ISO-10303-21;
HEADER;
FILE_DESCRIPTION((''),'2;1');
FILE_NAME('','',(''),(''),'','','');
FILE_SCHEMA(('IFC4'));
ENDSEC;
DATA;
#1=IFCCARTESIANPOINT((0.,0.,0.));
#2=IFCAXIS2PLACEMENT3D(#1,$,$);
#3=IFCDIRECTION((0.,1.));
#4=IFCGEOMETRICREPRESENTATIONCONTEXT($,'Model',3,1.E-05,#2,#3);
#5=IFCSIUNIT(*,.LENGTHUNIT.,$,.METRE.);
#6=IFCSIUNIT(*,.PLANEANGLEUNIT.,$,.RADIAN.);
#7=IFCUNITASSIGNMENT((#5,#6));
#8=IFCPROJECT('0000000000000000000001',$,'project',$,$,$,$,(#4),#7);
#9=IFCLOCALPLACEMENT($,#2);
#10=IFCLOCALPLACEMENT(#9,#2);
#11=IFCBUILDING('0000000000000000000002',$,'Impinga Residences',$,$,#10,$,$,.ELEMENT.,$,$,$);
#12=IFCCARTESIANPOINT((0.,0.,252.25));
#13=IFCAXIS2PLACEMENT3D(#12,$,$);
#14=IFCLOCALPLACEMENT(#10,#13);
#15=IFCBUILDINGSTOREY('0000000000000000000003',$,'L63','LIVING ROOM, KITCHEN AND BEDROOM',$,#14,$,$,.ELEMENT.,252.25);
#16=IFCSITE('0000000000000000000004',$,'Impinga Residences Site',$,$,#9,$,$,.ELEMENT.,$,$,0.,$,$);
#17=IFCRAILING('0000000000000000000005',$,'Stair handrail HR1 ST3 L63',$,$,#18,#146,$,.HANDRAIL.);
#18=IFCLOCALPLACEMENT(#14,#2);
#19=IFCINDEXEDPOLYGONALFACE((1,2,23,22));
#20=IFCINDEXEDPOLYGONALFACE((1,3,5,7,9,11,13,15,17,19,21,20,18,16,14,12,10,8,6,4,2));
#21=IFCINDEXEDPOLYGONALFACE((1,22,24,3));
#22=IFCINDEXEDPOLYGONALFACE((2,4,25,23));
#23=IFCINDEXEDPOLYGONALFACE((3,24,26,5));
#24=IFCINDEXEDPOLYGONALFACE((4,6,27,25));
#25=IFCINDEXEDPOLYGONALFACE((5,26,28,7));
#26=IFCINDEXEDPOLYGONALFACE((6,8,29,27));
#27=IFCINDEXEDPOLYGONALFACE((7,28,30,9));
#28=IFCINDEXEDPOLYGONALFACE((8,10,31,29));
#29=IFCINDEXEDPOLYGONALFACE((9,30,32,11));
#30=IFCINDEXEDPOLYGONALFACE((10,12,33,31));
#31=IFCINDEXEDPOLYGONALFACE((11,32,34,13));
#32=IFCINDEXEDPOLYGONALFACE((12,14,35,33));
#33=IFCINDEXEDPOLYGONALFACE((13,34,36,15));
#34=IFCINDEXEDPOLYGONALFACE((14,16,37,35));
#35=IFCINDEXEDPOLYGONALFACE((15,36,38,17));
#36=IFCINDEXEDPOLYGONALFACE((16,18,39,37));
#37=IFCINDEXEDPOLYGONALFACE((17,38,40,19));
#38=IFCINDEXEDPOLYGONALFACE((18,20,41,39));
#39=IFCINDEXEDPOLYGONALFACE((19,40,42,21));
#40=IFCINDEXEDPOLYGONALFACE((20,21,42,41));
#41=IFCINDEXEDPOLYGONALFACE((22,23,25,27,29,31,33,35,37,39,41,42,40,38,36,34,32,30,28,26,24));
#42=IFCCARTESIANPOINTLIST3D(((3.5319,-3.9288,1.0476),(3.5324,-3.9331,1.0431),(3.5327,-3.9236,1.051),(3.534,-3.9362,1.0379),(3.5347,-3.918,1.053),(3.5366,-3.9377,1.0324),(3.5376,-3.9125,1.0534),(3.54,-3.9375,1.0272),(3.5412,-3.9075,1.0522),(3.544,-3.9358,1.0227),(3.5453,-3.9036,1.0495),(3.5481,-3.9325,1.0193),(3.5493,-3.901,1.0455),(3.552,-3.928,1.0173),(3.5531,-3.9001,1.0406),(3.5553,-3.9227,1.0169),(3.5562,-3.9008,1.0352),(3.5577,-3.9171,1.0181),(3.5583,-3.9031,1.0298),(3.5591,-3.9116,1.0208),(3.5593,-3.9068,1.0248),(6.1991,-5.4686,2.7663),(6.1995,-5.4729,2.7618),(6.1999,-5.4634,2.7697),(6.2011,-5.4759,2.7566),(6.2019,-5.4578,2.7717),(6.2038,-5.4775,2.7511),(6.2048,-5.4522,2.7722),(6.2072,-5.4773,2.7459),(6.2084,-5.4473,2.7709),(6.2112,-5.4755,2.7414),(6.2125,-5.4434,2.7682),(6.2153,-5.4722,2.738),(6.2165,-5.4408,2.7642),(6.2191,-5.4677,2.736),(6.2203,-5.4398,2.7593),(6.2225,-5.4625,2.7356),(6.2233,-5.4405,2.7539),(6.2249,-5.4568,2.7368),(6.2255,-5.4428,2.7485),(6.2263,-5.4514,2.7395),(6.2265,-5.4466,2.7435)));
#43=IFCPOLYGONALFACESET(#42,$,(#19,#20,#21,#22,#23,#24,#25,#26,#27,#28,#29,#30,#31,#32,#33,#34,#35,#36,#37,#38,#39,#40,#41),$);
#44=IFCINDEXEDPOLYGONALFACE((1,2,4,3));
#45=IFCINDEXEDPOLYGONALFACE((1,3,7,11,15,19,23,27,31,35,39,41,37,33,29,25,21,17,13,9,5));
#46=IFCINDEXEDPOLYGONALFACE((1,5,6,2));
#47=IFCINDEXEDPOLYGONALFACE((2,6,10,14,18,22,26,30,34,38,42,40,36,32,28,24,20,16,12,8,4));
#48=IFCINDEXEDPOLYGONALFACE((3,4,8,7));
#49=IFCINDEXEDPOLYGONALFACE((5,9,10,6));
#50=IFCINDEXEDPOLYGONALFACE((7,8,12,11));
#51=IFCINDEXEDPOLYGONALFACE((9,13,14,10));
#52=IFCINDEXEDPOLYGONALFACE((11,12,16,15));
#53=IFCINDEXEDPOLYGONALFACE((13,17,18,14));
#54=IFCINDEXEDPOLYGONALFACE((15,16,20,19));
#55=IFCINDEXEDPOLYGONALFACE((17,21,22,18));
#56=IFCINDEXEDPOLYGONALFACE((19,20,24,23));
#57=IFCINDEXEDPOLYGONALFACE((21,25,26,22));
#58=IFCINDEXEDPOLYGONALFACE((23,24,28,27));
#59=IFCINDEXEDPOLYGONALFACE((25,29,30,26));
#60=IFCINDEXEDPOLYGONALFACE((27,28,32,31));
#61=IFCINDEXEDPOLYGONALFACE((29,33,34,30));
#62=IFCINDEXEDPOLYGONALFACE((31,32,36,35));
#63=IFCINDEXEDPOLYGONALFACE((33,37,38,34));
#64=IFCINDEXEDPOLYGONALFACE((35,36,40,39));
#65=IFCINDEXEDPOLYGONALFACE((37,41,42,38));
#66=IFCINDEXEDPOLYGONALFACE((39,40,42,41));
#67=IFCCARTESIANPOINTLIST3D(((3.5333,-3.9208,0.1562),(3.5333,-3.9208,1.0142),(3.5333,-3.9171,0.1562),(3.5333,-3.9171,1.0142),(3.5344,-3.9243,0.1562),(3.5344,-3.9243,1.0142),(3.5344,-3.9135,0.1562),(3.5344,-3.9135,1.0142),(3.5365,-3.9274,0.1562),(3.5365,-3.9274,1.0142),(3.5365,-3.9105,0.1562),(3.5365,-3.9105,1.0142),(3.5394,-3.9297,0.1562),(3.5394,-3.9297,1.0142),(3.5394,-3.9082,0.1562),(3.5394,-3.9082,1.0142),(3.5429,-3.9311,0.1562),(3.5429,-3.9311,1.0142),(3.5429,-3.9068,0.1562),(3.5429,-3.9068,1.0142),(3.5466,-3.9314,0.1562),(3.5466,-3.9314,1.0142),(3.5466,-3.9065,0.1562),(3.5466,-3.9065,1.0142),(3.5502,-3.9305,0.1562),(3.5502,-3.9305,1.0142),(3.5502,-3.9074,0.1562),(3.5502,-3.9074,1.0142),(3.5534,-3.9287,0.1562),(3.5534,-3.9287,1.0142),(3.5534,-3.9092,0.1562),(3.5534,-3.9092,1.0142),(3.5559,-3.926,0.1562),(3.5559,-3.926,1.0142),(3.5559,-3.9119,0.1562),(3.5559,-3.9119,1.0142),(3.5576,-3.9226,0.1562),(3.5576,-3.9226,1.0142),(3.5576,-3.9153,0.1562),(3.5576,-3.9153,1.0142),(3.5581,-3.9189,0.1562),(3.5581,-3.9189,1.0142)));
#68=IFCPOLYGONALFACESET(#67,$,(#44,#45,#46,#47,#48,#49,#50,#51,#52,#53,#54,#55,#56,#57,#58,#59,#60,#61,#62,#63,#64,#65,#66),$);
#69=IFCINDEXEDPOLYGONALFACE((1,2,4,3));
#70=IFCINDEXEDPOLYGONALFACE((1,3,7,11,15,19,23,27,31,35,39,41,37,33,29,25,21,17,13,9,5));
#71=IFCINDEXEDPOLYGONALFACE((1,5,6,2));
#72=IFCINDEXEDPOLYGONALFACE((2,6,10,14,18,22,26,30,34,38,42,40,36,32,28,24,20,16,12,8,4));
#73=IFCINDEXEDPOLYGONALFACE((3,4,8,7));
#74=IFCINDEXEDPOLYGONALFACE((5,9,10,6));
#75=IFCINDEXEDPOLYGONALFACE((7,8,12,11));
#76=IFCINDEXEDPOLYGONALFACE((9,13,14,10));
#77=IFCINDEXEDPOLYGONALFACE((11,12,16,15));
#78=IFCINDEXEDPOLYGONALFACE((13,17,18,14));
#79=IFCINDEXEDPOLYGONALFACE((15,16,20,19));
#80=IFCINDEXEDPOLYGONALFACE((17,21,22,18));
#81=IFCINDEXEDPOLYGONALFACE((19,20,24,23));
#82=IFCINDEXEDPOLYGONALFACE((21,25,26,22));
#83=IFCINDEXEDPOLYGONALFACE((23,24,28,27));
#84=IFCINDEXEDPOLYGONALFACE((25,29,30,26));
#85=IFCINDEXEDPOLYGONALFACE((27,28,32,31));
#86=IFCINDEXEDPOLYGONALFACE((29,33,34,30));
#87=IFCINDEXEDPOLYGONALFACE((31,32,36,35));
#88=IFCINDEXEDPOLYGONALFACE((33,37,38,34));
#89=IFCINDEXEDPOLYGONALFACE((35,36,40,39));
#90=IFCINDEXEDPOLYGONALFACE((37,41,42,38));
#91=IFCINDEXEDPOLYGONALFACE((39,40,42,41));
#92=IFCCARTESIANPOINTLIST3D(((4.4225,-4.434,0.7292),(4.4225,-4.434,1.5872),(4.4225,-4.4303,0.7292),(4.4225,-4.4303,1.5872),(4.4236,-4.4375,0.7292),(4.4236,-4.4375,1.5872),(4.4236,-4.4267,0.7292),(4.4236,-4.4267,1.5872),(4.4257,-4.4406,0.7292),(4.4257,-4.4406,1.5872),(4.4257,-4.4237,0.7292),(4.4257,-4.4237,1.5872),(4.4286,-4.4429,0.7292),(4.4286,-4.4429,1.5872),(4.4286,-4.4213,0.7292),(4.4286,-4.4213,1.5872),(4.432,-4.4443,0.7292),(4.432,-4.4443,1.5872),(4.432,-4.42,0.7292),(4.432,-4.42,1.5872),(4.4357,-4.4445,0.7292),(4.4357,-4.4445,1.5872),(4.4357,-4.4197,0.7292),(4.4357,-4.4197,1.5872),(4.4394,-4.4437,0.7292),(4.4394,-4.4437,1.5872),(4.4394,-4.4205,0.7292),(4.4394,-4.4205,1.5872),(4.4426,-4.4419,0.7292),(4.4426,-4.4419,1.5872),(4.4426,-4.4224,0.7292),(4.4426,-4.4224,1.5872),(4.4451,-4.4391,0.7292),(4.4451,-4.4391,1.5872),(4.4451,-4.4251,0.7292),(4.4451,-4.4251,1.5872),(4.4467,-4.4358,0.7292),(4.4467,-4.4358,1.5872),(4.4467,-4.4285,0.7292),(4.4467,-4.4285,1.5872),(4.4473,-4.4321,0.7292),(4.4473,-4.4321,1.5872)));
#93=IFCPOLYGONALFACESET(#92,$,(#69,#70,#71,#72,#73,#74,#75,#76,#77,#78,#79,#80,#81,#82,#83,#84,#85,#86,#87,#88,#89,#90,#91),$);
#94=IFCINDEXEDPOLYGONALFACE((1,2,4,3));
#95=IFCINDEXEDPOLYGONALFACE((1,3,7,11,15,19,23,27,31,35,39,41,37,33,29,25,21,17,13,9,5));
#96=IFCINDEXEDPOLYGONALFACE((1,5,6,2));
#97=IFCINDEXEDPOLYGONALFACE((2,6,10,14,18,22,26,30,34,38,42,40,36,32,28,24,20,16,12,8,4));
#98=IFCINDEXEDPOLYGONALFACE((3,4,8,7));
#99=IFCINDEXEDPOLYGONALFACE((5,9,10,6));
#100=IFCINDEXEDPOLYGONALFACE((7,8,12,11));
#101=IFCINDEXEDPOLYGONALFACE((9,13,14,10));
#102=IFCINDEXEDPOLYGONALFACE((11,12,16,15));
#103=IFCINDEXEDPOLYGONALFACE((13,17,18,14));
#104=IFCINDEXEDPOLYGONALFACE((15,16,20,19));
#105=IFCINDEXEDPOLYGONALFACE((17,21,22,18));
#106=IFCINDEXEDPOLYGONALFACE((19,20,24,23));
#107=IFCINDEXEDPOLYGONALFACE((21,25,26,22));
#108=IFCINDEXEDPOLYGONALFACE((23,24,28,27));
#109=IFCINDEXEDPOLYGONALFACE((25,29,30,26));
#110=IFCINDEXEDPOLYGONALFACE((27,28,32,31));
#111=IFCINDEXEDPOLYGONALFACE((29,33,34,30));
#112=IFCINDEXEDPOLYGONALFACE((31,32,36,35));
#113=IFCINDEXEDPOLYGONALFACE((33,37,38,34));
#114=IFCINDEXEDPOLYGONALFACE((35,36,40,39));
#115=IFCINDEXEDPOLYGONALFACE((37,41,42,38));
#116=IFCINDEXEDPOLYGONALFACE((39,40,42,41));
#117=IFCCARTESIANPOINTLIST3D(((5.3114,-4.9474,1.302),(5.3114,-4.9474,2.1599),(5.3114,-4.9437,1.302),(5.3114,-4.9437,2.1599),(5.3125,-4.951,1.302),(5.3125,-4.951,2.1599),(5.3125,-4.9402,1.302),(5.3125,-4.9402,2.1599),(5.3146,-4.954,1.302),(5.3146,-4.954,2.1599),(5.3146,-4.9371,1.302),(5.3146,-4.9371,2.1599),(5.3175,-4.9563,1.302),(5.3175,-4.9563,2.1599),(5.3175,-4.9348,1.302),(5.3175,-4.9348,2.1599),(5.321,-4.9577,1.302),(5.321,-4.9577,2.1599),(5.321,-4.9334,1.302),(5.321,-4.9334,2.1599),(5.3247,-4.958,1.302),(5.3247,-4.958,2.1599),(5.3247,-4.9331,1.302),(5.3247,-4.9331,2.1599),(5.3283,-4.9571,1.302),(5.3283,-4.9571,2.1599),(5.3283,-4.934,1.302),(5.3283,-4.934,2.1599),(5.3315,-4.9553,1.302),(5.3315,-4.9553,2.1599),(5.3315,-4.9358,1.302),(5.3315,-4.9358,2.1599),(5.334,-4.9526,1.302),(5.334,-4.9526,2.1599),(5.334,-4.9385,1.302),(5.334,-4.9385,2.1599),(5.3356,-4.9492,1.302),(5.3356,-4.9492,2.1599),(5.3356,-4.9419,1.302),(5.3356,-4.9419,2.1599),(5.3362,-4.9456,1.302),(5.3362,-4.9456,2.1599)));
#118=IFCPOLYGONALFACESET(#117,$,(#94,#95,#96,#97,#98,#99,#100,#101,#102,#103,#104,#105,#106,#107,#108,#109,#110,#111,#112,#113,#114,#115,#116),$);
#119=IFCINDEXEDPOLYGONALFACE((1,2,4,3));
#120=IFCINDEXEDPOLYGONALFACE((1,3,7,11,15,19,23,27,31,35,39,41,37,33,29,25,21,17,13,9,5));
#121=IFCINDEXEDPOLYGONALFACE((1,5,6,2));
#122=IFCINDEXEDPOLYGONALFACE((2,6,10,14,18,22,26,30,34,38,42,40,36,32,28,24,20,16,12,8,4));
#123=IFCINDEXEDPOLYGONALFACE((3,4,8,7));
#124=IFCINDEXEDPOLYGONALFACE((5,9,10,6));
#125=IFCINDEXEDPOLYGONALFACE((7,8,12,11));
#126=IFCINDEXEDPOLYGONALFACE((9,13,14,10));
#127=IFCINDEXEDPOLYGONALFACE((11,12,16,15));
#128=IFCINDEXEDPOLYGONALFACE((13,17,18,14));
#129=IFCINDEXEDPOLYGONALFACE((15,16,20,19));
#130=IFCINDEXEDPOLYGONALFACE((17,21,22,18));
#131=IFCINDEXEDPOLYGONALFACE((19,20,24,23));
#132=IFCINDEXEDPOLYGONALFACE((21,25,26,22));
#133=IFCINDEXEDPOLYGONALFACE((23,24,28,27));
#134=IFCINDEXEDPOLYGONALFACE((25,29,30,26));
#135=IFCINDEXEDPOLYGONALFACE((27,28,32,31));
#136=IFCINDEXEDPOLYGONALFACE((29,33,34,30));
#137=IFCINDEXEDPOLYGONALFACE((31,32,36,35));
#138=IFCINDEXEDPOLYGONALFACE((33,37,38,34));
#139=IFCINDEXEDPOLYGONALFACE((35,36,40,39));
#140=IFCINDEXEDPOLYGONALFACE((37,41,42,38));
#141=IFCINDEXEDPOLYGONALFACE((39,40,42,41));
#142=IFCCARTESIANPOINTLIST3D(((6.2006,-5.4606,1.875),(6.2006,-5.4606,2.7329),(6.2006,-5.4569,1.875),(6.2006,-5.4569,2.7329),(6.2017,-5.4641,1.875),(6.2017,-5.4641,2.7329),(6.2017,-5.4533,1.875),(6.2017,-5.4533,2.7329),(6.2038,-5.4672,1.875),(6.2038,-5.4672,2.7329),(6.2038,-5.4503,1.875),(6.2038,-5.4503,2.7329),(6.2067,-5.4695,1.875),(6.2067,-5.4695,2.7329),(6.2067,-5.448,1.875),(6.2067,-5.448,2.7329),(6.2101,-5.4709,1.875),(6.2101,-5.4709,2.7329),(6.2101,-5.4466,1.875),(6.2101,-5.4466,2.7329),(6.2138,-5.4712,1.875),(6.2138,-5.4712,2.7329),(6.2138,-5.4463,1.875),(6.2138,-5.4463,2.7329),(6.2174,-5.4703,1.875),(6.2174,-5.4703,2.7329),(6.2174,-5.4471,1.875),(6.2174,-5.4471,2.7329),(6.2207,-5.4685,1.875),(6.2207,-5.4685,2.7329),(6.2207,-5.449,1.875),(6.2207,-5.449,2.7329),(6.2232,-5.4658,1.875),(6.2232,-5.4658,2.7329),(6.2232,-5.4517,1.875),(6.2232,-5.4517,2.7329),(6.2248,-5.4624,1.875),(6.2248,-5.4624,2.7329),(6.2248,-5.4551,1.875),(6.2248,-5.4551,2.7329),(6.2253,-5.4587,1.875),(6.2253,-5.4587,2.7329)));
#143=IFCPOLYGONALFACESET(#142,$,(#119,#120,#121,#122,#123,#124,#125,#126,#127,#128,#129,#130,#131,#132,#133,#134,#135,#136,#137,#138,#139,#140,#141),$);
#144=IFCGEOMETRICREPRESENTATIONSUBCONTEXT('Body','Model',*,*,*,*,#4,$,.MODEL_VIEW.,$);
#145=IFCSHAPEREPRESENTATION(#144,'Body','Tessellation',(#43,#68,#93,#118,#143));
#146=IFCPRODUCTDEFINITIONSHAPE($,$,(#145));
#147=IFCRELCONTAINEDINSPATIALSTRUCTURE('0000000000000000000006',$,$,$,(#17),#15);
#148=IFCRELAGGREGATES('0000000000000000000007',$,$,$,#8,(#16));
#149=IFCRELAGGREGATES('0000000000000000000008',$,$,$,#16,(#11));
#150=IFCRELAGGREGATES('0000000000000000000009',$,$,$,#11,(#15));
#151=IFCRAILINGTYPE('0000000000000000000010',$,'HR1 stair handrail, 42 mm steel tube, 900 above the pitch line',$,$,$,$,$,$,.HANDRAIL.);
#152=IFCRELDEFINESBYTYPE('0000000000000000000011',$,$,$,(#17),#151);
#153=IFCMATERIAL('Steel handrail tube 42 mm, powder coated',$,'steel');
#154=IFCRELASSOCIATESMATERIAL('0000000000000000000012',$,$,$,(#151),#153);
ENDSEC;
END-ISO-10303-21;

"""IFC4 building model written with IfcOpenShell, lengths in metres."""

from ifc_helpers import new_model, si_unit, direction, frame, origin, origin_2d, place, context, subcontext, project, spatial, circle, extrude, material, type_object, element, save


model = new_model("IFC4")

# Units and contexts
model_context = context("Model", 3, precision=1e-05, world=origin(), true_north=direction((0.0, 1.0)))
body_context = subcontext(model_context, "Body", "Model", "MODEL_VIEW")
ifc_project = project(units=[si_unit("LENGTHUNIT", "METRE"), si_unit("PLANEANGLEUNIT", "RADIAN")], contexts=[model_context])

# Site, building, storey
site_placement = place(None, origin())
site = spatial("IfcSite", under=ifc_project, at=site_placement, Name="Impinga Residences Site", CompositionType="ELEMENT", RefElevation=0.0)
building_placement = place(site_placement, origin())
building = spatial("IfcBuilding", under=site, at=building_placement, Name="Impinga Residences", CompositionType="ELEMENT")
storey_placement = place(building_placement, frame((0.0, 0.0, 252.25)))
storey = spatial("IfcBuildingStorey", under=building, at=storey_placement, Name="L63", Description="LIVING ROOM, KITCHEN AND BEDROOM", CompositionType="ELEMENT", Elevation=252.25)

# Railing
ifc_material_1 = material(Name="Steel handrail tube 42 mm, powder coated", Category="steel")
railing_type_1 = type_object("IfcRailingType", Name="HR1 stair handrail, 42 mm steel tube, 900 above the pitch line", PredefinedType="HANDRAIL", material=ifc_material_1)
railing_1_placement = place(storey_placement, frame((3.5457, -3.9189, 0.1562)))
element("IfcRailing", 1, at=railing_1_placement, inside=storey, type_object=railing_type_1, Name="Stair handrail HR1 ST3 L63", PredefinedType="HANDRAIL", context=body_context, shape_type="SweptSolid", body=[
    extrude(circle(Radius=0.021, at=origin_2d()), frame((0.0, 0.0, 0.8789), z_axis=(0.756249, -0.436582, 0.487322), x_axis=(0.499967, 0.866044, 0.0)), (0.0, 0.0, 1.0), 3.5269),
    extrude(circle(Radius=0.0125, at=origin_2d()), origin(), (0.0, 0.0, 1.0), 0.8579),
    extrude(circle(Radius=0.0125, at=origin_2d()), frame((0.8892, -0.5132, 0.573)), (0.0, 0.0, 1.0), 0.8579),
    extrude(circle(Radius=0.0125, at=origin_2d()), frame((1.7781, -1.0266, 1.1458)), (0.0, 0.0, 1.0), 0.8579),
    extrude(circle(Radius=0.0125, at=origin_2d()), frame((2.6672, -1.5398, 1.7188)), (0.0, 0.0, 1.0), 0.8579),
])

save(model, "model.ifc")
